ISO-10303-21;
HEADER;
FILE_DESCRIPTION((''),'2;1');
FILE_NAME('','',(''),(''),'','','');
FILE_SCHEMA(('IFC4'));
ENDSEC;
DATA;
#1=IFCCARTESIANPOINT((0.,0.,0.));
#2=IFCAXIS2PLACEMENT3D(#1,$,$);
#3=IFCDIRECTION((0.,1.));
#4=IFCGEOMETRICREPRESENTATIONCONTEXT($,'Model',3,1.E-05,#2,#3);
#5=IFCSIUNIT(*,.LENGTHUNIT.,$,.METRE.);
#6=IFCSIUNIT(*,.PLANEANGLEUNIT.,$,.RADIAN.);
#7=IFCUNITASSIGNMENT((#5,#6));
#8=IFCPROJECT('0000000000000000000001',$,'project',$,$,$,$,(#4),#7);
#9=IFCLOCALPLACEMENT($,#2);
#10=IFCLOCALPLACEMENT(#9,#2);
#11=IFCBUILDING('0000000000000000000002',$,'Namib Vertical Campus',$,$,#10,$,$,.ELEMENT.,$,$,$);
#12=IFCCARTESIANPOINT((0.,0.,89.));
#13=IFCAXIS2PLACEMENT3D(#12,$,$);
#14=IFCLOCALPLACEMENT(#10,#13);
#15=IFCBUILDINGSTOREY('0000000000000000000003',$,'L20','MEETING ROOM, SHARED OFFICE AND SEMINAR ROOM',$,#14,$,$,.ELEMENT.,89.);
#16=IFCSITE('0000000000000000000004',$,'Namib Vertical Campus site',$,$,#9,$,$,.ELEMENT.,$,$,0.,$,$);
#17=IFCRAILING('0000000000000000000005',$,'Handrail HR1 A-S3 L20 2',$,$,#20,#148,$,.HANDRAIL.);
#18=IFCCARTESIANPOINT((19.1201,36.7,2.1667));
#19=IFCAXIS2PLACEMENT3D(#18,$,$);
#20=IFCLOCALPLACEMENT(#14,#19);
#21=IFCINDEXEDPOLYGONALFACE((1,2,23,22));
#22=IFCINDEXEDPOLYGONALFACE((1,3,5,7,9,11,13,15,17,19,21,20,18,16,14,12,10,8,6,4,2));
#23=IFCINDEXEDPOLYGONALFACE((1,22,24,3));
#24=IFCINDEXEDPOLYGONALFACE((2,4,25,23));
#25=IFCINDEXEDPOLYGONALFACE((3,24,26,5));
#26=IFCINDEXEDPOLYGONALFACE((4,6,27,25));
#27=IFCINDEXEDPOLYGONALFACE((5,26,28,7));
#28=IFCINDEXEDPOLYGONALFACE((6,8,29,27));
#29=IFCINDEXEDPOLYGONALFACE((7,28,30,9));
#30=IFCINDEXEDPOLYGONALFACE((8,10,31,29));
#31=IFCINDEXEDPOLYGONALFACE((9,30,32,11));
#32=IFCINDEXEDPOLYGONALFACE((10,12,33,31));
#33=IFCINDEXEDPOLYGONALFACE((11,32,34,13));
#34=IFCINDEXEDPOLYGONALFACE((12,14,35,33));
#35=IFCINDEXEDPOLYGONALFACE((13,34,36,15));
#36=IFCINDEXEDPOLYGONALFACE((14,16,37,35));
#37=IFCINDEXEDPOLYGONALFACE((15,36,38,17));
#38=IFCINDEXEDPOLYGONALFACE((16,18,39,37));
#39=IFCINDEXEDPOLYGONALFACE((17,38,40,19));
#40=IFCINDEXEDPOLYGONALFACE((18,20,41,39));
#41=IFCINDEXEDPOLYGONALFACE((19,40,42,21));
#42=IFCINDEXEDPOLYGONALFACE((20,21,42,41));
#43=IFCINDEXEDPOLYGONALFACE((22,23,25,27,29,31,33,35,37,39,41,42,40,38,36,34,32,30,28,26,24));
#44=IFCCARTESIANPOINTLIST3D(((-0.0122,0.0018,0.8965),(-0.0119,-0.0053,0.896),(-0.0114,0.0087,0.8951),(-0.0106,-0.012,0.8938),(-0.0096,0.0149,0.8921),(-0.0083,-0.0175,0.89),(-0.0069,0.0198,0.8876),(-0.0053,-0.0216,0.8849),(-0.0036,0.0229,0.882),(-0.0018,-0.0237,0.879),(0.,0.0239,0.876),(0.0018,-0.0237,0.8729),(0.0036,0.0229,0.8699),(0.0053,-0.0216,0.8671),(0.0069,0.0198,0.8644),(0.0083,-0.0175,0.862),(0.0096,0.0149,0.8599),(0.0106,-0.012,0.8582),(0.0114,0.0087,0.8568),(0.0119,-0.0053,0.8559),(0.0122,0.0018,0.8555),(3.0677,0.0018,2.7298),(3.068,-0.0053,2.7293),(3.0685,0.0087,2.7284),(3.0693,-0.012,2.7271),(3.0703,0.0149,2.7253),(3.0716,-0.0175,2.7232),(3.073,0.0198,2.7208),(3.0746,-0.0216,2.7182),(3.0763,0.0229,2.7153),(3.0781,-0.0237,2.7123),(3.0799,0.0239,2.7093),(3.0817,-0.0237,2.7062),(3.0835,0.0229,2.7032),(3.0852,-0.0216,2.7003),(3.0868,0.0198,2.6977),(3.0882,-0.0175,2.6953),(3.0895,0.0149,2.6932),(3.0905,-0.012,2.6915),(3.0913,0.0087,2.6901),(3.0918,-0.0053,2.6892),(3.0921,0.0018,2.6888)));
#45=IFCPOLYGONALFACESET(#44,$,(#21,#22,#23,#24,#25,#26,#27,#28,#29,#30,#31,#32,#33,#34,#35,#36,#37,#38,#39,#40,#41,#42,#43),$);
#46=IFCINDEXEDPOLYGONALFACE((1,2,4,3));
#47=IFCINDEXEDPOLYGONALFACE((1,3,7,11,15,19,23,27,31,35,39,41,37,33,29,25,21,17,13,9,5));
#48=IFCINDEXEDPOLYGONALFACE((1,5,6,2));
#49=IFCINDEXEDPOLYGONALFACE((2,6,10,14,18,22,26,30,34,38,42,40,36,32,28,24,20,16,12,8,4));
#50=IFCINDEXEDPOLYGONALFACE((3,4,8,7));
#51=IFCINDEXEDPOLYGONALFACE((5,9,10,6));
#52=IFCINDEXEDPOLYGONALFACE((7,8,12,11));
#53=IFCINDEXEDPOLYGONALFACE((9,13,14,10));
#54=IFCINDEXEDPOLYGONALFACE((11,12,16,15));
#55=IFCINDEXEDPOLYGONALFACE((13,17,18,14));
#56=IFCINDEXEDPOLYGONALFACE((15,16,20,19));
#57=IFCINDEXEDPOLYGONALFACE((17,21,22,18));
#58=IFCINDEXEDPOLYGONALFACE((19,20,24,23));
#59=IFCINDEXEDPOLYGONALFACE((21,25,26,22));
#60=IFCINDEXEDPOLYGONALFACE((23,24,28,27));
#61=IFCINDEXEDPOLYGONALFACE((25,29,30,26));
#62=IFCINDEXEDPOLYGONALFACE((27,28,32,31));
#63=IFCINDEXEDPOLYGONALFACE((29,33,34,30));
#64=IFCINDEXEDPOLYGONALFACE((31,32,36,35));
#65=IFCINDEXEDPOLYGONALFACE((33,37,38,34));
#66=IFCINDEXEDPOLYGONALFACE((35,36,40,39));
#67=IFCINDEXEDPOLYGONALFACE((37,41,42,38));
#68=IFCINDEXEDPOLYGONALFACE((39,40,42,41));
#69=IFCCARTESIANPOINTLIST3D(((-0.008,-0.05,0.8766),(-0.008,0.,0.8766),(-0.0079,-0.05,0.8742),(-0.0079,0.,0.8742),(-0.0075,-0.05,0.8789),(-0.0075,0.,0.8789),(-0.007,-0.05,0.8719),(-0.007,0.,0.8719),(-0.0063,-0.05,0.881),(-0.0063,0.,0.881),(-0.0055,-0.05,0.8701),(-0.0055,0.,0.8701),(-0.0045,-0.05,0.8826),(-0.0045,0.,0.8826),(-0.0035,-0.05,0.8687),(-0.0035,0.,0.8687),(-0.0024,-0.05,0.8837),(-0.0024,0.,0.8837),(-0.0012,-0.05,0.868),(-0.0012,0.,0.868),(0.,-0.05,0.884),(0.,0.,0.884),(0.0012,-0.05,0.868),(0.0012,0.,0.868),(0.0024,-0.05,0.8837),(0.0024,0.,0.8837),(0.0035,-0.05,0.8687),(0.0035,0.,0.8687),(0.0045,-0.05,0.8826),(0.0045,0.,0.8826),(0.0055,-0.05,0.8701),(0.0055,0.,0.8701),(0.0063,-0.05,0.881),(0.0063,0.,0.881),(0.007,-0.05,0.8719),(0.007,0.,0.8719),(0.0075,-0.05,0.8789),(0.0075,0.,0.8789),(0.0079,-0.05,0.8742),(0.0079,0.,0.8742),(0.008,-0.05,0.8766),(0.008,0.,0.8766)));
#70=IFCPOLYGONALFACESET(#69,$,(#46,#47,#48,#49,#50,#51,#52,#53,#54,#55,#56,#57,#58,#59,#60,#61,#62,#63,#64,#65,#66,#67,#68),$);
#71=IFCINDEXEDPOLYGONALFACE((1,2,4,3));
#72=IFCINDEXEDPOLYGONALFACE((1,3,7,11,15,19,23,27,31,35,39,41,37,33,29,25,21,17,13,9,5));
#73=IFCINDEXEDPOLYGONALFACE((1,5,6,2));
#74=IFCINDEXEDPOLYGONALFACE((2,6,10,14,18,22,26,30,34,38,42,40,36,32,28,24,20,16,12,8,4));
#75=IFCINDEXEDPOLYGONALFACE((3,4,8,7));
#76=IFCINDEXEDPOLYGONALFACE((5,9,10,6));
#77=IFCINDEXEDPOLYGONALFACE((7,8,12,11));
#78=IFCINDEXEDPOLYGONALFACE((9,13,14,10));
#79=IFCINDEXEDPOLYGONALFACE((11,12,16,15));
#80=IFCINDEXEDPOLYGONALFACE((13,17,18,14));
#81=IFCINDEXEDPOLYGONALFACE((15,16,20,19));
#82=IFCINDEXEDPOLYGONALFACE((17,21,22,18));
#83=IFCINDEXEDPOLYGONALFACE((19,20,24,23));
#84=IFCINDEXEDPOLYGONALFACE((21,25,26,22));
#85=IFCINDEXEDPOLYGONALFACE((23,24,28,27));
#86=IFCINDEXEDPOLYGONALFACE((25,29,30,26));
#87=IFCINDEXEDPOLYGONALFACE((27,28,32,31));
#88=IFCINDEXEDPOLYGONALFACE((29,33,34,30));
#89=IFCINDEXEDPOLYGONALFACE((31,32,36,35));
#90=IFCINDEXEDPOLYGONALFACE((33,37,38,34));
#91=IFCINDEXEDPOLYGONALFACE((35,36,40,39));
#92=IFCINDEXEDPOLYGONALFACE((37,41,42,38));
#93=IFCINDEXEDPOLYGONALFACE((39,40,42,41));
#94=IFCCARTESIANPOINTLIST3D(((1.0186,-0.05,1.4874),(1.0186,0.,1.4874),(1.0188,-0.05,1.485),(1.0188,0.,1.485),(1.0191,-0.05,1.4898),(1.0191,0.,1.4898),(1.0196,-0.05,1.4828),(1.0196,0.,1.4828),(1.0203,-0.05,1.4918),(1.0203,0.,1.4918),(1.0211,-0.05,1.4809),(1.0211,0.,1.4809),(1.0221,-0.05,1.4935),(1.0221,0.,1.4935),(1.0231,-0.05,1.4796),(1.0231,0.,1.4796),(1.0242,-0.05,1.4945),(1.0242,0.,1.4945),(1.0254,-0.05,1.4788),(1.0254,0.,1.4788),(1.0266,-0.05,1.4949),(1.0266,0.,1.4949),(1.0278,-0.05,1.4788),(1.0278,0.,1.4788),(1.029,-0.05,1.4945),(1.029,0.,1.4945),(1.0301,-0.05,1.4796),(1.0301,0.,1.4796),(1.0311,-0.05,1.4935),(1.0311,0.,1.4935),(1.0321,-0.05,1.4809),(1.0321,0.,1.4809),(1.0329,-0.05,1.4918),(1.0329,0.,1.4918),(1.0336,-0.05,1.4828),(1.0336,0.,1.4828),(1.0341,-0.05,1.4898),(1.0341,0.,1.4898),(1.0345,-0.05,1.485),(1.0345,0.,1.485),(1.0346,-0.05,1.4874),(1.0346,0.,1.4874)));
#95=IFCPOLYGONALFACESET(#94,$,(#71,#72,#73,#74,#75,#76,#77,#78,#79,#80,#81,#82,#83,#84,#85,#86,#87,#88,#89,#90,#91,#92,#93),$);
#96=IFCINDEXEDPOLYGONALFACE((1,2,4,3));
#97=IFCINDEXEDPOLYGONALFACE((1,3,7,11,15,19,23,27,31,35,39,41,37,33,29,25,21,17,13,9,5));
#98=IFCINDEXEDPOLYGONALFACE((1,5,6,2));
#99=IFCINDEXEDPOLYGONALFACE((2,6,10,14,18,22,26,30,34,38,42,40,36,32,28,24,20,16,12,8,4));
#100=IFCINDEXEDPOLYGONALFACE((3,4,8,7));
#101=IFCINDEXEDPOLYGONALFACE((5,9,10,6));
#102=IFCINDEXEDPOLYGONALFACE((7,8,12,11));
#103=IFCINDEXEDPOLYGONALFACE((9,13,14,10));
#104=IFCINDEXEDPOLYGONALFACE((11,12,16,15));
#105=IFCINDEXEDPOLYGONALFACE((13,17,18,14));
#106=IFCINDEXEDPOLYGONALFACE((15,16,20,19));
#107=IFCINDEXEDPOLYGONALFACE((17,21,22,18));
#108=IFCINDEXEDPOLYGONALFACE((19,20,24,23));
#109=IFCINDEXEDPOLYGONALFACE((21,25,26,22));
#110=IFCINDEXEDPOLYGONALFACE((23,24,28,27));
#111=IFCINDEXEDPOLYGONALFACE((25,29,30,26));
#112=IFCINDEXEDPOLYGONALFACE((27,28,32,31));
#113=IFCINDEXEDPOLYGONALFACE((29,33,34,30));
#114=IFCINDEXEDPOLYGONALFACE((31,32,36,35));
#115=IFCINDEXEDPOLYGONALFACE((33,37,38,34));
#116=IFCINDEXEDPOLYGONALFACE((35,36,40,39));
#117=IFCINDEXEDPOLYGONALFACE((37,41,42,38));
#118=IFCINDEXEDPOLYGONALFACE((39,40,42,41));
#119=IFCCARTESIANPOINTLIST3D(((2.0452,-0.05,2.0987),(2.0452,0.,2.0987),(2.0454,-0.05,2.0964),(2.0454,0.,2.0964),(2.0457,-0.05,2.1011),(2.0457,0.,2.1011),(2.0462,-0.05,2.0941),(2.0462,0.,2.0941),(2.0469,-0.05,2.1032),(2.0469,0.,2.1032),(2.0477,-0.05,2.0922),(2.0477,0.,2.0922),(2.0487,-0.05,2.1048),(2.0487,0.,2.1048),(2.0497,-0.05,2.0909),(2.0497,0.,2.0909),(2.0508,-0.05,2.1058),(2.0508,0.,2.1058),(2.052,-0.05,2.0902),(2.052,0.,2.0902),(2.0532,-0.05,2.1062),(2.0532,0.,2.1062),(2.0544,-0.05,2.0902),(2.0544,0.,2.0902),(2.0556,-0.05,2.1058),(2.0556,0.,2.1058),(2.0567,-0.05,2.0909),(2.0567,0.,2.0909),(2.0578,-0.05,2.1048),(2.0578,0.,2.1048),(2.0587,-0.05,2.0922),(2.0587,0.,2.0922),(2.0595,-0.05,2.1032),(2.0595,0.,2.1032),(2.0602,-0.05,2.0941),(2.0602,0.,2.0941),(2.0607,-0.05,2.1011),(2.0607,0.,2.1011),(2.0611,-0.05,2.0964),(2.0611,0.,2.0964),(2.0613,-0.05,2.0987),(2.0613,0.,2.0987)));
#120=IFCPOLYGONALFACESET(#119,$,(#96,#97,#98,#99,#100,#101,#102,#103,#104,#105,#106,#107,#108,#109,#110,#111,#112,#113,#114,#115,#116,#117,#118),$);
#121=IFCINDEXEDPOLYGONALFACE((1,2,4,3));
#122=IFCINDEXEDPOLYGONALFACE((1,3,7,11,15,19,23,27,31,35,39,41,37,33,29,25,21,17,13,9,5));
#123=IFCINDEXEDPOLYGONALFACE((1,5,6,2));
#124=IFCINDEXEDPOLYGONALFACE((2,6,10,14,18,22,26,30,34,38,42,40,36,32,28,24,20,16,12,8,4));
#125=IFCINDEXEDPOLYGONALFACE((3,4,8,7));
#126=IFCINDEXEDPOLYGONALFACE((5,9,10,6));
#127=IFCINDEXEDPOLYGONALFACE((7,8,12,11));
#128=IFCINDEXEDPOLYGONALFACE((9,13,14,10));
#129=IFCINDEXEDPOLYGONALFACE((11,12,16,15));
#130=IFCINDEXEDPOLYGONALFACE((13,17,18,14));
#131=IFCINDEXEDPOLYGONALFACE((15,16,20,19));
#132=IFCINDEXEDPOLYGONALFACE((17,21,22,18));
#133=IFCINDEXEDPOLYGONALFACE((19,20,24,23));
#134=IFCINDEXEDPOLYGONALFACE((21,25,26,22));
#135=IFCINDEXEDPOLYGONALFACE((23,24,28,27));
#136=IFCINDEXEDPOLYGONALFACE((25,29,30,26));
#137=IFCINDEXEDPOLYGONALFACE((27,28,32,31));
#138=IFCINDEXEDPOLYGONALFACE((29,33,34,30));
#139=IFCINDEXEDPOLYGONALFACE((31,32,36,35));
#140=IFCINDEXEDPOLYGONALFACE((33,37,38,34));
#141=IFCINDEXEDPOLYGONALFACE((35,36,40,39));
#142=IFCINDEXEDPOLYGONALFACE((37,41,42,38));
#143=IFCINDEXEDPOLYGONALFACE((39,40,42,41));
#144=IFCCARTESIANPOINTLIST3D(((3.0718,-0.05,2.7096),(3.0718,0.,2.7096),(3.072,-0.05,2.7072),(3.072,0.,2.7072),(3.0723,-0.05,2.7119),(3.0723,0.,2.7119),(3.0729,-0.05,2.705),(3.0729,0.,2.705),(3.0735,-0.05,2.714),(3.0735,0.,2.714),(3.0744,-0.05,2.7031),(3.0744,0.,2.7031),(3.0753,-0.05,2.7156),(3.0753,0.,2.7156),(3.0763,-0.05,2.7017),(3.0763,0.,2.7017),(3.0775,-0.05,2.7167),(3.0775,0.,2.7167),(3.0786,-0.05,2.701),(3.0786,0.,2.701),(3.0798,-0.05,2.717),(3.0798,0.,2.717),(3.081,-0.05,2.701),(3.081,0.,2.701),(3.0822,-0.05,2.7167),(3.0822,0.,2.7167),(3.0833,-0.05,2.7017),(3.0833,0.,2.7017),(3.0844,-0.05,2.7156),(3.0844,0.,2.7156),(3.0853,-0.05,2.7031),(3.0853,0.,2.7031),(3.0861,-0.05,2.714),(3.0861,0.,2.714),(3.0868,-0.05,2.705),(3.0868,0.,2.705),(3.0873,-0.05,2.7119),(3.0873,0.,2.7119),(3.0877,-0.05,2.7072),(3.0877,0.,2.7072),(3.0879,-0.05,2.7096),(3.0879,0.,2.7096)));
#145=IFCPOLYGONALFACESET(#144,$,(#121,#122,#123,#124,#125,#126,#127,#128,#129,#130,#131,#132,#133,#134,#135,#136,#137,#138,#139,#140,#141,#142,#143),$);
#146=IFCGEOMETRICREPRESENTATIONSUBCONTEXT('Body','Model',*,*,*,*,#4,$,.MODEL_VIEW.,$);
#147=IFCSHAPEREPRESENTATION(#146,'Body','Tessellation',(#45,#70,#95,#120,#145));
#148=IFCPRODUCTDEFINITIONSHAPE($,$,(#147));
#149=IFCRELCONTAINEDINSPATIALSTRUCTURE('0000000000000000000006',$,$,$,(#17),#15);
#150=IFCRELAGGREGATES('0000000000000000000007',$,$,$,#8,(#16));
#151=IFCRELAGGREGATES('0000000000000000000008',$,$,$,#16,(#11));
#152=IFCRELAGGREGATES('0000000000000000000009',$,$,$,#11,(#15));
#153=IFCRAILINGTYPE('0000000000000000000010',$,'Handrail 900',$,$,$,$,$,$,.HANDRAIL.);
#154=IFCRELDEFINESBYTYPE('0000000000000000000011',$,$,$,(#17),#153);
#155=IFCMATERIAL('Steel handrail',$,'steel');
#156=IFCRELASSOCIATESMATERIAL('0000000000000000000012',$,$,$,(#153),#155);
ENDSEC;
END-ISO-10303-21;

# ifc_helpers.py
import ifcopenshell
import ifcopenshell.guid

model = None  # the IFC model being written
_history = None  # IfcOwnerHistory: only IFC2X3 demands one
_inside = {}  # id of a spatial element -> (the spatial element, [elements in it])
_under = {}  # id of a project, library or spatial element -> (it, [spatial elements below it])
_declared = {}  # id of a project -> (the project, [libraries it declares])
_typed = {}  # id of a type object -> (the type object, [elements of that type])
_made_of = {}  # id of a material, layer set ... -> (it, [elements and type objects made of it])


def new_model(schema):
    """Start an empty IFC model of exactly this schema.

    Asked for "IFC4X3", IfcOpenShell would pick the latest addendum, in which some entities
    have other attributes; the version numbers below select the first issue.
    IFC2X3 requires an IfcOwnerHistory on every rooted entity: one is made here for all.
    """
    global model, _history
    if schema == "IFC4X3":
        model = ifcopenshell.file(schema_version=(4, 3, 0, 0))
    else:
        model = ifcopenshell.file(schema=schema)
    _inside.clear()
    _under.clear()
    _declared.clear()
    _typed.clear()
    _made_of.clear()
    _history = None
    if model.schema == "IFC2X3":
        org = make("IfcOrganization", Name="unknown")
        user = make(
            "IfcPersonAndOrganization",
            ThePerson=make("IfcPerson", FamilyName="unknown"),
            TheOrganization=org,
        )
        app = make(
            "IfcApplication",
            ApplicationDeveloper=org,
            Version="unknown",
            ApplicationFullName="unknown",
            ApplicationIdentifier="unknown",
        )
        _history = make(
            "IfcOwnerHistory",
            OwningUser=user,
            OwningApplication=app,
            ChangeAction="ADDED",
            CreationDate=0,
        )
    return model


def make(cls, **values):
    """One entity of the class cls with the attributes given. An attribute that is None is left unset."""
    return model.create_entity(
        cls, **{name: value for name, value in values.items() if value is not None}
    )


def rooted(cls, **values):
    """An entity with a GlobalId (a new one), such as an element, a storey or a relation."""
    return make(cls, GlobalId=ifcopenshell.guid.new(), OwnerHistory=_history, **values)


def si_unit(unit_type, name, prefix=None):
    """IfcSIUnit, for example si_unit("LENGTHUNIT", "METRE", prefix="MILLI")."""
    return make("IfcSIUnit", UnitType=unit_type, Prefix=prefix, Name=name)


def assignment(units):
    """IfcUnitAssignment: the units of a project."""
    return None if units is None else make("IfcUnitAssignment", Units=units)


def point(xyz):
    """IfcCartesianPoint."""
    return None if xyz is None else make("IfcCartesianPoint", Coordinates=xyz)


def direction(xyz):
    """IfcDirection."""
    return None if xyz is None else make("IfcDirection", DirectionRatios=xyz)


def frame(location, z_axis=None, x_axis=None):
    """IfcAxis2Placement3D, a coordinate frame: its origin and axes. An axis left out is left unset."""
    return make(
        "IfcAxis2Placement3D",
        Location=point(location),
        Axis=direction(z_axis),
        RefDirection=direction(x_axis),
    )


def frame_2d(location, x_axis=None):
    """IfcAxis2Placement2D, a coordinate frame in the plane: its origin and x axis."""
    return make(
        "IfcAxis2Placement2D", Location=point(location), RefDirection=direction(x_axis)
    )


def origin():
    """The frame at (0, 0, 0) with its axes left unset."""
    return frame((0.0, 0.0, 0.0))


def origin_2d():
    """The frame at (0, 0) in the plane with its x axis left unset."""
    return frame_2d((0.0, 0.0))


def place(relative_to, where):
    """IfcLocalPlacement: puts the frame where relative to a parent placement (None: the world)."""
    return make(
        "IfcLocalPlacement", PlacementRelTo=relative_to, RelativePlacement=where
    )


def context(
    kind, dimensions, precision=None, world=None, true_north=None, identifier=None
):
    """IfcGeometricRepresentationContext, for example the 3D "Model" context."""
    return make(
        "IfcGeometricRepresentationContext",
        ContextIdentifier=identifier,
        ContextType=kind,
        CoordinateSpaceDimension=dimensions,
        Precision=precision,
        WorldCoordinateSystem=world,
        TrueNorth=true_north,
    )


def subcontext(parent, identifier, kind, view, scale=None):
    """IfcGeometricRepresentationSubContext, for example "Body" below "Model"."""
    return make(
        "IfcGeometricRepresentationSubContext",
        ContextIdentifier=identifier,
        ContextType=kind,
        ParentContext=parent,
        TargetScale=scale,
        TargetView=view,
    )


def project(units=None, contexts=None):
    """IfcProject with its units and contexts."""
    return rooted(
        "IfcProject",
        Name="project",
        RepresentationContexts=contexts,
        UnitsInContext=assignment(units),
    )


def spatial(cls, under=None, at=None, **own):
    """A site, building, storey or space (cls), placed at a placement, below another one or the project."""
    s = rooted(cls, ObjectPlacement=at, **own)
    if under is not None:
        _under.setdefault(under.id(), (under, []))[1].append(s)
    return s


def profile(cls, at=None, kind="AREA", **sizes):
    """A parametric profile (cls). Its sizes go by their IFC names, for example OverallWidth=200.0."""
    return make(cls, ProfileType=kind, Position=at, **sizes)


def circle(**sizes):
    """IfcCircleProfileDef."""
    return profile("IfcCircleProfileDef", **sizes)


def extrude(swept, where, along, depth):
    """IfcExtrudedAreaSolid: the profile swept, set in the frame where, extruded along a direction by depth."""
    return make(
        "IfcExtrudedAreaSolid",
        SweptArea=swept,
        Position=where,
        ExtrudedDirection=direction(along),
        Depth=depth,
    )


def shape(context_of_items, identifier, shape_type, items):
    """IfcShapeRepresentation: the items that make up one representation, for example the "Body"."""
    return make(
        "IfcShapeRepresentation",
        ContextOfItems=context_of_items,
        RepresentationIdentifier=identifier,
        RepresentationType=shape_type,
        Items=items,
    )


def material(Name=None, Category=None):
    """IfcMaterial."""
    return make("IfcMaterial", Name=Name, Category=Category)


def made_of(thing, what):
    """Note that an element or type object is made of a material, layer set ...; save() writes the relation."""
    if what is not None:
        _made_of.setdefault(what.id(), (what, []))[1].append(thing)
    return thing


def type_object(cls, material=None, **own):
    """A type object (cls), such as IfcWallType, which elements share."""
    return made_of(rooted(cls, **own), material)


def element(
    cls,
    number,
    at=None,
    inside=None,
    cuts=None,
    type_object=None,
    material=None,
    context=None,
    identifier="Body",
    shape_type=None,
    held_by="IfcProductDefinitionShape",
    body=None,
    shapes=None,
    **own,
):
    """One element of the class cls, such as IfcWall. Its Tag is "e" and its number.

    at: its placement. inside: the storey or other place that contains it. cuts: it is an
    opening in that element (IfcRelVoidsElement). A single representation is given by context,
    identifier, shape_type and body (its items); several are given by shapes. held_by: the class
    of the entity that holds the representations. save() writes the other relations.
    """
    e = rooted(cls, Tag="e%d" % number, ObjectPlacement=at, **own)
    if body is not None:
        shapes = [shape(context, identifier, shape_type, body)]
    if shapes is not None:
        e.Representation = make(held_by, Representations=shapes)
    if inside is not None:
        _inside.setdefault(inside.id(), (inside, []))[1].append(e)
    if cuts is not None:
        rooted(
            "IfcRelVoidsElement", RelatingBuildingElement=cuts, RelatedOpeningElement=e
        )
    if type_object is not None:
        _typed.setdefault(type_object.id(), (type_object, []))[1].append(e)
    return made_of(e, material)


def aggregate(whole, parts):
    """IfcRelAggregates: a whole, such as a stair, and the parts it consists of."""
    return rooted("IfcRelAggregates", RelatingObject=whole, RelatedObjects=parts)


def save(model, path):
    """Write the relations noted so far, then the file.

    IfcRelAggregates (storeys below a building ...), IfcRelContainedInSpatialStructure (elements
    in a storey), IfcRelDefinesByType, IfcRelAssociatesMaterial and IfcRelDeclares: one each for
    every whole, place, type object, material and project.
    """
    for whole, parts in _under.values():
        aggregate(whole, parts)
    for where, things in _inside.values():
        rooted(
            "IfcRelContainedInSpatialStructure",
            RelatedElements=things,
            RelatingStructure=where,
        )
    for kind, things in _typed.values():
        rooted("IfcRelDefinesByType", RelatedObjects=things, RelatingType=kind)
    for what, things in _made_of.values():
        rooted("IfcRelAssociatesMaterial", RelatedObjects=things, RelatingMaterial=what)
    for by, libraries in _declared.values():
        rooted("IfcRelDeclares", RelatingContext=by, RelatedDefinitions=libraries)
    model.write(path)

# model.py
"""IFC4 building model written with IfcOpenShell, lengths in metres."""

from ifc_helpers import new_model, si_unit, direction, frame, origin, origin_2d, place, context, subcontext, project, spatial, circle, extrude, material, type_object, element, save


model = new_model("IFC4")

# Units and contexts
model_context = context("Model", 3, precision=1e-05, world=origin(), true_north=direction((0.0, 1.0)))
body_context = subcontext(model_context, "Body", "Model", "MODEL_VIEW")
ifc_project = project(units=[si_unit("LENGTHUNIT", "METRE"), si_unit("PLANEANGLEUNIT", "RADIAN")], contexts=[model_context])

# Site, building, storey
site_placement = place(None, origin())
site = spatial("IfcSite", under=ifc_project, at=site_placement, Name="Namib Vertical Campus site", CompositionType="ELEMENT", RefElevation=0.0)
building_placement = place(site_placement, origin())
building = spatial("IfcBuilding", under=site, at=building_placement, Name="Namib Vertical Campus", CompositionType="ELEMENT")
storey_placement = place(building_placement, frame((0.0, 0.0, 89.0)))
storey = spatial("IfcBuildingStorey", under=building, at=storey_placement, Name="L20", Description="MEETING ROOM, SHARED OFFICE AND SEMINAR ROOM", CompositionType="ELEMENT", Elevation=89.0)

# Railing
ifc_material_1 = material(Name="Steel handrail", Category="steel")
railing_type = type_object("IfcRailingType", Name="Handrail 900", PredefinedType="HANDRAIL", material=ifc_material_1)
railing_placement = place(storey_placement, frame((19.1201, 36.7, 2.1667)))
element("IfcRailing", 1, at=railing_placement, inside=storey, type_object=railing_type, Name="Handrail HR1 A-S3 L20 2", PredefinedType="HANDRAIL", context=body_context, shape_type="SweptSolid", body=[
    extrude(circle(Radius=0.0239, at=origin_2d()), frame((0.0, 0.0, 0.876), z_axis=(0.859291, 0.0, 0.511487), x_axis=(0.0, 1.0, 0.0)), (0.0, 0.0, 1.0), 3.5842),
    extrude(circle(Radius=0.0081, at=origin_2d()), frame((0.0, 0.0, 0.876), z_axis=(0.0, -1.0, 0.0), x_axis=(0.0, 0.0, 1.0)), (0.0, 0.0, 1.0), 0.05),
    extrude(circle(Radius=0.0081, at=origin_2d()), frame((1.0266, 0.0, 1.4868), z_axis=(0.0, -1.0, 0.0), x_axis=(0.0, 0.0, 1.0)), (0.0, 0.0, 1.0), 0.05),
    extrude(circle(Radius=0.0081, at=origin_2d()), frame((2.0532, 0.0, 2.0981), z_axis=(0.0, -1.0, 0.0), x_axis=(0.0, 0.0, 1.0)), (0.0, 0.0, 1.0), 0.05),
    extrude(circle(Radius=0.0081, at=origin_2d()), frame((3.0798, 0.0, 2.709), z_axis=(0.0, -1.0, 0.0), x_axis=(0.0, 0.0, 1.0)), (0.0, 0.0, 1.0), 0.05),
])

save(model, "model.ifc")
